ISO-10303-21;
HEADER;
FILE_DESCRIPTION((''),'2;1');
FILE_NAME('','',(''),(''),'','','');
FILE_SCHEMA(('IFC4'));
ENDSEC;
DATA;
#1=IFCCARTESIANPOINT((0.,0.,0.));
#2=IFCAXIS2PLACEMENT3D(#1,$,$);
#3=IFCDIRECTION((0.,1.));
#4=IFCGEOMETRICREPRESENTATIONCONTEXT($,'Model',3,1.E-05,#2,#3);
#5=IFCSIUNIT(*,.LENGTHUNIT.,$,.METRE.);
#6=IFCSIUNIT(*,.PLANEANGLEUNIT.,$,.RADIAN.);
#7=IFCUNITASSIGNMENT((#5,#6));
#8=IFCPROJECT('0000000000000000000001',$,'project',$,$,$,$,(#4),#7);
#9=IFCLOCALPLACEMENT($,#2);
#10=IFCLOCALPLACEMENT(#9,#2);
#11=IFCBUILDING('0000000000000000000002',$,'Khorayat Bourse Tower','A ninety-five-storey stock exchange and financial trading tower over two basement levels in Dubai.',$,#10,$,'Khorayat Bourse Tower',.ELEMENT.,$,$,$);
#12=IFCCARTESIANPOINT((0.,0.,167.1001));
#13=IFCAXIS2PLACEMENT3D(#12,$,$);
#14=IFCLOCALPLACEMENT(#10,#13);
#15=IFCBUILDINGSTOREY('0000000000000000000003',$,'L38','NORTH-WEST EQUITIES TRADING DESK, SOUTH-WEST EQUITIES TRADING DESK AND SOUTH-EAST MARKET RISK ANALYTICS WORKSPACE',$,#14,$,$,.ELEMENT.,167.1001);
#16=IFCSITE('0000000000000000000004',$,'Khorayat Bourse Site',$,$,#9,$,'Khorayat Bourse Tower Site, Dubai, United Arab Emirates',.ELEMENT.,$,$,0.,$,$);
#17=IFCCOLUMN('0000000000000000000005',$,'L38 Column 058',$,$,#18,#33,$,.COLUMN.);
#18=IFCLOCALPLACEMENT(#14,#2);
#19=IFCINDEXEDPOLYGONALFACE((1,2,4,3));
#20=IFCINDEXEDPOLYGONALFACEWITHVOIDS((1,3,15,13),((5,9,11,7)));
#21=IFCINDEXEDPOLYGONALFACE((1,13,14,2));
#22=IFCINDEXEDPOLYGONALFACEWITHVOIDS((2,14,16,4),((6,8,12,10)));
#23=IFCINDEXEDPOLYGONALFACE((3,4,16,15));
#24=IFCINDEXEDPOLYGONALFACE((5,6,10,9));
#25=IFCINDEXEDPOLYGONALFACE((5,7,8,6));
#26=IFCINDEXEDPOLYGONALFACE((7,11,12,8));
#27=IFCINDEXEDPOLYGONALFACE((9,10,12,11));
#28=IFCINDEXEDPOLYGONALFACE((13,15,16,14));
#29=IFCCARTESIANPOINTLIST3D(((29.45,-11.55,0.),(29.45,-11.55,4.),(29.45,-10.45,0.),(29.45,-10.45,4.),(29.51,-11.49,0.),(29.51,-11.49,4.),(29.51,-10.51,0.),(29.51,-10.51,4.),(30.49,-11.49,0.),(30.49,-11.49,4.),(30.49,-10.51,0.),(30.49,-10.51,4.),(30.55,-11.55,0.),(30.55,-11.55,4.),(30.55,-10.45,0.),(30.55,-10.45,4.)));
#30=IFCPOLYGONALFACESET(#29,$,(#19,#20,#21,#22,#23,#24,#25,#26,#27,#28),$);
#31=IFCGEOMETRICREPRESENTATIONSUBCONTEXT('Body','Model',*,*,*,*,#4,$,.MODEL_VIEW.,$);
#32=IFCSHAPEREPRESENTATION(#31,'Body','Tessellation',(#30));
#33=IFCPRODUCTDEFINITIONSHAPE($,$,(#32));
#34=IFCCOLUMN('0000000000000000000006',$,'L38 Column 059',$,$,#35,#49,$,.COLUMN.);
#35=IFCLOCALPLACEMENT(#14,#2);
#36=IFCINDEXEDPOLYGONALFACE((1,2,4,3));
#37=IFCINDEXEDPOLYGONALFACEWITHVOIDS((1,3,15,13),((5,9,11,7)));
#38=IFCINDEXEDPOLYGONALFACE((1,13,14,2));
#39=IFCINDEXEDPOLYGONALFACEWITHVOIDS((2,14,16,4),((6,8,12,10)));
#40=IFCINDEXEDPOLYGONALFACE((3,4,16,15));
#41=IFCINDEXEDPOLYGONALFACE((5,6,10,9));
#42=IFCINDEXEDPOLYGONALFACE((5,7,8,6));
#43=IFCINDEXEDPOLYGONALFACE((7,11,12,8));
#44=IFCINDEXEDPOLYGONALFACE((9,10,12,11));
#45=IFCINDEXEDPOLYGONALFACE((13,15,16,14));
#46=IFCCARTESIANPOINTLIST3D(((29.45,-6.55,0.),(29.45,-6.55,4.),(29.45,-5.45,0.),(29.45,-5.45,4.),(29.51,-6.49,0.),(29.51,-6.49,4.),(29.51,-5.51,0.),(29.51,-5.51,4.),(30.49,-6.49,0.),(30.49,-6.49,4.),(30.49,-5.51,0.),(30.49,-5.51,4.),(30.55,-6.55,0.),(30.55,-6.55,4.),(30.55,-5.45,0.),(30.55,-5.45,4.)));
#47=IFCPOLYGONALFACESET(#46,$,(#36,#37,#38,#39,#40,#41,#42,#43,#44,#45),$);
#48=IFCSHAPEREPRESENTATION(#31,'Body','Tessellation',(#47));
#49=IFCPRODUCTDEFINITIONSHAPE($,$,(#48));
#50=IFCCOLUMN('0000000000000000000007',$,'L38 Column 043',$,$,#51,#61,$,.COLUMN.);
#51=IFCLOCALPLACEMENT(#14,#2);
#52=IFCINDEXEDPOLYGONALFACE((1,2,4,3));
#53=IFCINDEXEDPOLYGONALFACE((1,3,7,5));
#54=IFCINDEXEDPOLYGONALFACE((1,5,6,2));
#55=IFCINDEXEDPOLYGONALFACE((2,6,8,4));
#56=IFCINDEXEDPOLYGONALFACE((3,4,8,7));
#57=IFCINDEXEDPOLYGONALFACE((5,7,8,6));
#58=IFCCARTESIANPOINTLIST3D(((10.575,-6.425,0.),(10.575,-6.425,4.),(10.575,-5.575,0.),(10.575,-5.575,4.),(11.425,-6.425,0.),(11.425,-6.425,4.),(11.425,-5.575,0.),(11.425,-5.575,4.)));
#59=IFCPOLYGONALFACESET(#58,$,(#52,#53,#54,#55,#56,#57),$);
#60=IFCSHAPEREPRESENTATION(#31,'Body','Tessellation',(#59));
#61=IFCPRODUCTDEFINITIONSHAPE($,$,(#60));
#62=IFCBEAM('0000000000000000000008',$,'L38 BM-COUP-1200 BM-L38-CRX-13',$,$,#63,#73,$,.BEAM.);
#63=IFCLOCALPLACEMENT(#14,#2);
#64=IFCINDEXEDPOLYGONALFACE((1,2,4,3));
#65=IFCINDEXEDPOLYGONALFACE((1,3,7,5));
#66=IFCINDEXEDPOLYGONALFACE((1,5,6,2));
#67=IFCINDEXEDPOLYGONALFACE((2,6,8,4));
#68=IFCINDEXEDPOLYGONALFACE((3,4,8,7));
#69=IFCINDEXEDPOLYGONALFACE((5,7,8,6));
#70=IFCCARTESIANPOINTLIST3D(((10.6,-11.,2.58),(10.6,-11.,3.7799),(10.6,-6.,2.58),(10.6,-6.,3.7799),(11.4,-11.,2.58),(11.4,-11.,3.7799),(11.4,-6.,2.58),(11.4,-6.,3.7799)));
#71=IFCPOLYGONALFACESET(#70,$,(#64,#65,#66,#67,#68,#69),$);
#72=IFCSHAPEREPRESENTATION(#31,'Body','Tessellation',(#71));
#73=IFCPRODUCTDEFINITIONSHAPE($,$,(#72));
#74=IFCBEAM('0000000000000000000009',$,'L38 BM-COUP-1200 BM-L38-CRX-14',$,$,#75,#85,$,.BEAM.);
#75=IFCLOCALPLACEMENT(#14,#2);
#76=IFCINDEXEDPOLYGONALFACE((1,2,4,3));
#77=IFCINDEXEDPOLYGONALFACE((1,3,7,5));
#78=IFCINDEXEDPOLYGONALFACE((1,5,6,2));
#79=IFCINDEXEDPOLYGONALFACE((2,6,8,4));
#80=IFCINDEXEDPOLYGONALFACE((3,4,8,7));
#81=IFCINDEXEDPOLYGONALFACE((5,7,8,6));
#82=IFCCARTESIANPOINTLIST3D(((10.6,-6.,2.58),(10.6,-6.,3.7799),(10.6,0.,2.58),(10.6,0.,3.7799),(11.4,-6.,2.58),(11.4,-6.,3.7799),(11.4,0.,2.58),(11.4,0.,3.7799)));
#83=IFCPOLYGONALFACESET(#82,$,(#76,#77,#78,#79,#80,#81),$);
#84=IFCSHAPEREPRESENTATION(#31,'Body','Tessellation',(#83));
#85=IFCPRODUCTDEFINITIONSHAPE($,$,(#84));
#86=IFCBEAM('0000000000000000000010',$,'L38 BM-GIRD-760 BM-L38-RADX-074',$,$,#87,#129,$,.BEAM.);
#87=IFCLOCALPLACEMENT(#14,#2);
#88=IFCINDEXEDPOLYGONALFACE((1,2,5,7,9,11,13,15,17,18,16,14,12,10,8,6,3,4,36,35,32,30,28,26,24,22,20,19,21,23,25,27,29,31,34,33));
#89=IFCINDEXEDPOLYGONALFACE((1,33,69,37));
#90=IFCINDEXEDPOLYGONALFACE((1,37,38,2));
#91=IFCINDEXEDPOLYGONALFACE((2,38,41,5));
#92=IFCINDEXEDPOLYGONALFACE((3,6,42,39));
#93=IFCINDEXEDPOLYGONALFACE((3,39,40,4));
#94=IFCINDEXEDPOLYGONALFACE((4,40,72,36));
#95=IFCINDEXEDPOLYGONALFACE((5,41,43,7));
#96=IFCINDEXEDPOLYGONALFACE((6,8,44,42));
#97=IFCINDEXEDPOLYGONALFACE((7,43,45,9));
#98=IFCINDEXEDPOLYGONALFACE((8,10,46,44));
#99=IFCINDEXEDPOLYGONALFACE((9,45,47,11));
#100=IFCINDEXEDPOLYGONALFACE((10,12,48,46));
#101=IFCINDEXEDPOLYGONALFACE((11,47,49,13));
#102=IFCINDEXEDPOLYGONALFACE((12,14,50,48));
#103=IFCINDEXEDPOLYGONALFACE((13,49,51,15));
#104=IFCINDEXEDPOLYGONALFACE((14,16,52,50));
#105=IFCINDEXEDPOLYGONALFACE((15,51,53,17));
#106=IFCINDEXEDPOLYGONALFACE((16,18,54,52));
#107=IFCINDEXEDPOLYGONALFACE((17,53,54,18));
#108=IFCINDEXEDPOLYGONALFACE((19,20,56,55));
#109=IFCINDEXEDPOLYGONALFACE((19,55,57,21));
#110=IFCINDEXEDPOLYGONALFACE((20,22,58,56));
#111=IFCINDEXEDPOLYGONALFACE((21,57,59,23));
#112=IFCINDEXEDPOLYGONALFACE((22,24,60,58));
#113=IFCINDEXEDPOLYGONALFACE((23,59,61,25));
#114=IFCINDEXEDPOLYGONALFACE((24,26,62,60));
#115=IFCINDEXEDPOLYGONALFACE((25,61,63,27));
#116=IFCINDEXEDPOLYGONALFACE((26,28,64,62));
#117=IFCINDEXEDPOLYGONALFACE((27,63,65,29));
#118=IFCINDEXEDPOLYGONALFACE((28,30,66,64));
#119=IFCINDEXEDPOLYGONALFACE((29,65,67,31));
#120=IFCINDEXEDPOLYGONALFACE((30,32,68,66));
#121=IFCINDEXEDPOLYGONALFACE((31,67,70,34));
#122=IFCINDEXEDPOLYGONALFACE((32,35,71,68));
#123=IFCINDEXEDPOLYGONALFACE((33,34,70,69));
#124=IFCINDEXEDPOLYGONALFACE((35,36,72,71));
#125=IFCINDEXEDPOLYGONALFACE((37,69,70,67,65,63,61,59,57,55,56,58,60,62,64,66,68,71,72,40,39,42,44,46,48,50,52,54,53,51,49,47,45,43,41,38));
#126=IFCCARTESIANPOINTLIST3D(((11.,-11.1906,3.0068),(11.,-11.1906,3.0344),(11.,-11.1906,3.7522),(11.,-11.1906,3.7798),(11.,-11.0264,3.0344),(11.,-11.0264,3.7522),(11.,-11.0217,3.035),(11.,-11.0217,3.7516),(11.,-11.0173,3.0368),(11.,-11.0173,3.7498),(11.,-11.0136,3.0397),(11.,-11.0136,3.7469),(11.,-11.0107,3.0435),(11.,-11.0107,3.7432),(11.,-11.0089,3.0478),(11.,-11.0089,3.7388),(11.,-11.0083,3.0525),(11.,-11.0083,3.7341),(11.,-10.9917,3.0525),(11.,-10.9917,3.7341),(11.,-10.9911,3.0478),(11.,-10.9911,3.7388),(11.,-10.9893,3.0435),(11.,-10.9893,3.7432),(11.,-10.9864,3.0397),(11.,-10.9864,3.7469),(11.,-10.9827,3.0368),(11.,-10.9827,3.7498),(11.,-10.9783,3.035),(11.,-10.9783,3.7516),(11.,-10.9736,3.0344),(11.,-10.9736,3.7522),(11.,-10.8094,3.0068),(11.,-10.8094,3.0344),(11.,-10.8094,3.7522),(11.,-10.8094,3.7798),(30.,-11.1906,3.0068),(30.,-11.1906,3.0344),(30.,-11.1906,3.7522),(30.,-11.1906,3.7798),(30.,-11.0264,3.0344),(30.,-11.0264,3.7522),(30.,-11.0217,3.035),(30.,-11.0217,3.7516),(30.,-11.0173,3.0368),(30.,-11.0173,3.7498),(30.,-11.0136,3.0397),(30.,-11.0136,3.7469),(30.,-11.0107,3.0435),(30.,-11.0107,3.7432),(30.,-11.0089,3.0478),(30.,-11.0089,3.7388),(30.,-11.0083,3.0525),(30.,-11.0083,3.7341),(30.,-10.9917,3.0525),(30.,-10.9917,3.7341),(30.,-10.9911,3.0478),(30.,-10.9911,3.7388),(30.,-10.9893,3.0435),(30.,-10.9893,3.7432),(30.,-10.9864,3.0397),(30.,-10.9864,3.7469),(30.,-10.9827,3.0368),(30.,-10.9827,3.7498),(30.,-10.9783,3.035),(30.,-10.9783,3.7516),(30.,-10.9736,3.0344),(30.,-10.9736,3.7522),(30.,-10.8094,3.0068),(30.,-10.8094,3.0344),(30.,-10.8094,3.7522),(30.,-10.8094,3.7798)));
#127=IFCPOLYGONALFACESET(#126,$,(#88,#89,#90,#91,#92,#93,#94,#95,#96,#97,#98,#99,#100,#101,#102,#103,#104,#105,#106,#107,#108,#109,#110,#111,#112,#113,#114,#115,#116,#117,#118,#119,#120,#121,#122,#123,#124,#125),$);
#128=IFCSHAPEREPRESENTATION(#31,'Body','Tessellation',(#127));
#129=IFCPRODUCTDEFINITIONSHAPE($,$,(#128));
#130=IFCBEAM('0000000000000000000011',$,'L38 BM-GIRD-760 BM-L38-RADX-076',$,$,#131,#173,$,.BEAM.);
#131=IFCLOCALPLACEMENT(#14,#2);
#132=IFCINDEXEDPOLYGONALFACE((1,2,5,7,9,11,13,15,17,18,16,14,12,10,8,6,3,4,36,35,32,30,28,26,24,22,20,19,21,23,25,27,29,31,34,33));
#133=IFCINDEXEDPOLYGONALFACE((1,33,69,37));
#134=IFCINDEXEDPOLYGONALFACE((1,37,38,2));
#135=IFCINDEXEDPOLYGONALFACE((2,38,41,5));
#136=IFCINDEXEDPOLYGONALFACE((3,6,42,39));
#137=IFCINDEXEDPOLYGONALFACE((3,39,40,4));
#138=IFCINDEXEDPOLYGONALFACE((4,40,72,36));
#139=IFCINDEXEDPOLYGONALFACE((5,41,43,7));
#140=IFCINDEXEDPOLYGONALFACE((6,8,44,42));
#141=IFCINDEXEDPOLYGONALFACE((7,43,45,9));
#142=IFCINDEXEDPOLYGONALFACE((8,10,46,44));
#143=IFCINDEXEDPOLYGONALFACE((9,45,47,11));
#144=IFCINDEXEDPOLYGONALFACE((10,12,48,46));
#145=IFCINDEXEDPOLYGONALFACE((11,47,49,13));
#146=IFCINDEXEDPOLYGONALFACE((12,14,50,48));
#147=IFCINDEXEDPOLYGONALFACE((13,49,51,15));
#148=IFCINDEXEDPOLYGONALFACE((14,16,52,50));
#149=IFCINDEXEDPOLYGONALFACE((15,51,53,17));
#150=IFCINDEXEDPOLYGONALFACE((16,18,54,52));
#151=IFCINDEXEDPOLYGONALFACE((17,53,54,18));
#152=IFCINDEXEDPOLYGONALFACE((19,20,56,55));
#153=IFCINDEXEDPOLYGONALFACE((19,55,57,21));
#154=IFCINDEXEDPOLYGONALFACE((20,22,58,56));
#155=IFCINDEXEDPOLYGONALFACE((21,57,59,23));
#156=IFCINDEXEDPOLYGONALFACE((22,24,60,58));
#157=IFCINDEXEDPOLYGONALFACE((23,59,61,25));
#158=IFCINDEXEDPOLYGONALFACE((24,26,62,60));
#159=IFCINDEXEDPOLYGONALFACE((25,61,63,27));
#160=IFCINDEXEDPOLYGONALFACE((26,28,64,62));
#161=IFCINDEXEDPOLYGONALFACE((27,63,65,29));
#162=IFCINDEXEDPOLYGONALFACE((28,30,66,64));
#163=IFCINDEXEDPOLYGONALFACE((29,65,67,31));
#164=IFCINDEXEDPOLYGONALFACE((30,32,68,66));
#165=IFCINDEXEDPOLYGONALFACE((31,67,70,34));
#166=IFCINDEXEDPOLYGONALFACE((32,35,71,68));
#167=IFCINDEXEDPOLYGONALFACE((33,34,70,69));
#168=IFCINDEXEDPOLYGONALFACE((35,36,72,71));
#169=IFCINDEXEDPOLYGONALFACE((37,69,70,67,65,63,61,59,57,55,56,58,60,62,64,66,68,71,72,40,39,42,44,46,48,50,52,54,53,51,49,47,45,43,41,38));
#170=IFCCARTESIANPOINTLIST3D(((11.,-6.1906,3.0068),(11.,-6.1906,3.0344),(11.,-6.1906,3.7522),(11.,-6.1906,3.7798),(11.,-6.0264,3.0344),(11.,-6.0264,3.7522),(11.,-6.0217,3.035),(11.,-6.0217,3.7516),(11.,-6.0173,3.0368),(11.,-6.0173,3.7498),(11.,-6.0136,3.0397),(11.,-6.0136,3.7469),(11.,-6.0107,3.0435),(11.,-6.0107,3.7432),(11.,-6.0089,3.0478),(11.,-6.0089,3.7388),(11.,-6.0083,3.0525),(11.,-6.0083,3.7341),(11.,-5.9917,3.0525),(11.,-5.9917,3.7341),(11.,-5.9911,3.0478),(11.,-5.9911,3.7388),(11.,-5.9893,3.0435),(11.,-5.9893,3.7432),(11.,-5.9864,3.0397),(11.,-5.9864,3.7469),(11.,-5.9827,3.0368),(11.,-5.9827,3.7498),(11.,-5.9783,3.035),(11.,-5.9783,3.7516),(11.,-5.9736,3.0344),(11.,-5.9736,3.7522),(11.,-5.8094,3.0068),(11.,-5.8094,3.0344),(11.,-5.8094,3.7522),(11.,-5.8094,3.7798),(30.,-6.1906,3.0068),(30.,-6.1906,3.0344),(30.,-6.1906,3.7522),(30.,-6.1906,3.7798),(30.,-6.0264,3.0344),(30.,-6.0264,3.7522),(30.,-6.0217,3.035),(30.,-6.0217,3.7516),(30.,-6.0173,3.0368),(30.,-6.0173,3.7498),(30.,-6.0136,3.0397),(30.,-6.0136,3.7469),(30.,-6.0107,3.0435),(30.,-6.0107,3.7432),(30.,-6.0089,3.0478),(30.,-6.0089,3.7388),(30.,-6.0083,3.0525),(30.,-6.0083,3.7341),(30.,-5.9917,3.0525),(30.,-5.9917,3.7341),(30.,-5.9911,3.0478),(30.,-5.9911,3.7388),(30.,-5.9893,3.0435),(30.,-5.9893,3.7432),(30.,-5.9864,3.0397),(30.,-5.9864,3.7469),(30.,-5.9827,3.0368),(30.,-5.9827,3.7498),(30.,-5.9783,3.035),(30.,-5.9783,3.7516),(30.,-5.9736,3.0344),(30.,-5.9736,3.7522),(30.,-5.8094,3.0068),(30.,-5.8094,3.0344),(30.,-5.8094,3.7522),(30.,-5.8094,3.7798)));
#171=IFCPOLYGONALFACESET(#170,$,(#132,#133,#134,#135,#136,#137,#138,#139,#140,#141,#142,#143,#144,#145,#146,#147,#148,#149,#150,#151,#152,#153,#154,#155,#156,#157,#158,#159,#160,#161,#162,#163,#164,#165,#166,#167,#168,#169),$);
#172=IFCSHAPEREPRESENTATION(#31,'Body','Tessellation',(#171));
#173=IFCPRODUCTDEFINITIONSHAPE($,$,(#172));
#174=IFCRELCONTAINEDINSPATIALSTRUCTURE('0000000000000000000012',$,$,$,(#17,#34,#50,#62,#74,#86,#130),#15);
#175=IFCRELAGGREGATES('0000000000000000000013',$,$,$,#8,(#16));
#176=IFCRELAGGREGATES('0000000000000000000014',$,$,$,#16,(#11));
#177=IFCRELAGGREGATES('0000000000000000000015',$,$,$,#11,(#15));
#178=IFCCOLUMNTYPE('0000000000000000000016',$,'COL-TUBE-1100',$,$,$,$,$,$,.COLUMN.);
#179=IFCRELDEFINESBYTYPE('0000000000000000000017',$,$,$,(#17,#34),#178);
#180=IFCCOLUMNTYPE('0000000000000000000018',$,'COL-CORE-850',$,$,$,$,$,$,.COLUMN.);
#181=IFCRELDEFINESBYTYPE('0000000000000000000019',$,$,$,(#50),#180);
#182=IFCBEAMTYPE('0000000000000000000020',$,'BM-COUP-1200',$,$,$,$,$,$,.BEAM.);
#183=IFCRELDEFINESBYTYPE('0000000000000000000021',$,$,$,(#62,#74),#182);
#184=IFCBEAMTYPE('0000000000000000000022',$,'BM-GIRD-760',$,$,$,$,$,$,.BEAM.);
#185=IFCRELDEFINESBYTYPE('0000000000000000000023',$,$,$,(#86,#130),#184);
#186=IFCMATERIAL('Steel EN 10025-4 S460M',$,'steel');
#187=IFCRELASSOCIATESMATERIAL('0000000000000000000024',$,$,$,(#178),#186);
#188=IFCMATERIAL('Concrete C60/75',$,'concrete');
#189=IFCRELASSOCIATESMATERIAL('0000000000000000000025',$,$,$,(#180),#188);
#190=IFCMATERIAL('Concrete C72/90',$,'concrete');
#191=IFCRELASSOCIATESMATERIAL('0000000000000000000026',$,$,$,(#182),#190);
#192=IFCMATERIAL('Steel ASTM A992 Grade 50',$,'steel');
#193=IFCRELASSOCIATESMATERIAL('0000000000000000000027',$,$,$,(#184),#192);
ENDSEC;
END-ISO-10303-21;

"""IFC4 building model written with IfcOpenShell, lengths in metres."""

from ifc_helpers import new_model, si_unit, direction, frame, origin, origin_2d, place, context, subcontext, project, spatial, rectangle, hollow_rectangle, i_section, extrude, source, transform, mapped, material, material_profile, profile_set, type_object, element, save


model = new_model("IFC4")

# Units and contexts
model_context = context("Model", 3, precision=1e-05, world=origin(), true_north=direction((0.0, 1.0)))
body_context = subcontext(model_context, "Body", "Model", "MODEL_VIEW")
ifc_project = project(units=[si_unit("LENGTHUNIT", "METRE"), si_unit("PLANEANGLEUNIT", "RADIAN")], contexts=[model_context])

# Site, building, storey
site_placement = place(None, origin())
site = spatial("IfcSite", under=ifc_project, at=site_placement, Name="Khorayat Bourse Site", LongName="Khorayat Bourse Tower Site, Dubai, United Arab Emirates", CompositionType="ELEMENT", RefElevation=0.0)
building_placement = place(site_placement, origin())
building = spatial("IfcBuilding", under=site, at=building_placement, Name="Khorayat Bourse Tower", Description="A ninety-five-storey stock exchange and financial trading tower over two basement levels in Dubai.", LongName="Khorayat Bourse Tower", CompositionType="ELEMENT")
storey_placement = place(building_placement, frame((0.0, 0.0, 167.1001)))
storey = spatial("IfcBuildingStorey", under=building, at=storey_placement, Name="L38", Description="NORTH-WEST EQUITIES TRADING DESK, SOUTH-WEST EQUITIES TRADING DESK AND SOUTH-EAST MARKET RISK ANALYTICS WORKSPACE", CompositionType="ELEMENT", Elevation=167.1001)

# Columns
ifc_material_1 = material(Name="Steel EN 10025-4 S460M", Category="steel")
ifc_material_profile_1 = material_profile(ifc_material_1, hollow_rectangle(XDim=1.1001, YDim=1.1001, WallThickness=0.0601, at=origin_2d()), Name="BOX 1100x1100x60")
ifc_profile_set_1 = profile_set([ifc_material_profile_1], Name="Steel EN 10025-4 S460M")
column_type_1 = type_object("IfcColumnType", Name="COL-TUBE-1100", PredefinedType="COLUMN", material=ifc_profile_set_1)
shared_shape_1 = source(origin(), body_context, "Body", "SweptSolid", [
    extrude(hollow_rectangle(XDim=1.1001, YDim=1.1001, WallThickness=0.0601, at=origin_2d()), origin(), (0.0, 0.0, 1.0), 4.0),
])
for number, where, z_axis, x_axis, name in (
    (1, (30.0, -11.0, 0.0), (0.0, 0.0, 1.0), (1.0, 0.0, 0.0), "L38 Column 058"),
    (2, (30.0, -6.0, 0.0), (0.0, 0.0, 1.0), (1.0, 0.0, 0.0), "L38 Column 059"),
):
    element("IfcColumn", number, at=place(storey_placement, frame(where, z_axis=z_axis, x_axis=x_axis)), inside=storey, type_object=column_type_1, Name=name, PredefinedType="COLUMN", context=body_context, shape_type="MappedRepresentation", body=[
        mapped(shared_shape_1, transform((0.0, 0.0, 0.0), scale=1.0)),
    ])
ifc_material_2 = material(Name="Concrete C60/75", Category="concrete")
ifc_material_profile_2 = material_profile(ifc_material_2, rectangle(XDim=0.8501, YDim=0.8501, at=origin_2d()), Name="RC 850x850")
ifc_profile_set_2 = profile_set([ifc_material_profile_2], Name="Concrete C60/75")
column_type_2 = type_object("IfcColumnType", Name="COL-CORE-850", PredefinedType="COLUMN", material=ifc_profile_set_2)
shared_shape_2 = source(origin(), body_context, "Body", "SweptSolid", [
    extrude(rectangle(XDim=0.8501, YDim=0.8501, at=origin_2d()), origin(), (0.0, 0.0, 1.0), 4.0),
])
column_placement = place(storey_placement, frame((11.0, -6.0, 0.0), z_axis=(0.0, 0.0, 1.0), x_axis=(1.0, 0.0, 0.0)))
element("IfcColumn", 3, at=column_placement, inside=storey, type_object=column_type_2, Name="L38 Column 043", PredefinedType="COLUMN", context=body_context, shape_type="MappedRepresentation", body=[
    mapped(shared_shape_2, transform((0.0, 0.0, 0.0), scale=1.0)),
])

# Beams
ifc_material_3 = material(Name="Concrete C72/90", Category="concrete")
ifc_material_profile_3 = material_profile(ifc_material_3, rectangle(XDim=0.8, YDim=1.2, at=origin_2d()), Name="RC 800x1200")
ifc_profile_set_3 = profile_set([ifc_material_profile_3], Name="Concrete C72/90")
beam_type_1 = type_object("IfcBeamType", Name="BM-COUP-1200", PredefinedType="BEAM", material=ifc_profile_set_3)
shared_shape_3 = source(origin(), body_context, "Body", "SweptSolid", [
    extrude(rectangle(XDim=0.8, YDim=1.2, at=origin_2d()), origin(), (0.0, 0.0, 1.0), 5.0),
])
beam_1_placement = place(storey_placement, frame((11.0, -11.0, 3.1799), z_axis=(0.0, 1.0, 0.0), x_axis=(-1.0, 0.0, 0.0)))
element("IfcBeam", 4, at=beam_1_placement, inside=storey, type_object=beam_type_1, Name="L38 BM-COUP-1200 BM-L38-CRX-13", PredefinedType="BEAM", context=body_context, shape_type="MappedRepresentation", body=[
    mapped(shared_shape_3, transform((0.0, 0.0, 0.0), scale=1.0)),
])
shared_shape_4 = source(origin(), body_context, "Body", "SweptSolid", [
    extrude(rectangle(XDim=0.8, YDim=1.2, at=origin_2d()), origin(), (0.0, 0.0, 1.0), 6.0),
])
beam_2_placement = place(storey_placement, frame((11.0, -6.0, 3.1799), z_axis=(0.0, 1.0, 0.0), x_axis=(-1.0, 0.0, 0.0)))
element("IfcBeam", 5, at=beam_2_placement, inside=storey, type_object=beam_type_1, Name="L38 BM-COUP-1200 BM-L38-CRX-14", PredefinedType="BEAM", context=body_context, shape_type="MappedRepresentation", body=[
    mapped(shared_shape_4, transform((0.0, 0.0, 0.0), scale=1.0)),
])
ifc_material_4 = material(Name="Steel ASTM A992 Grade 50", Category="steel")
ifc_material_profile_4 = material_profile(ifc_material_4, i_section(OverallWidth=0.3811, OverallDepth=0.7729, WebThickness=0.0166, FlangeThickness=0.0276, FilletRadius=0.0181, at=origin_2d()), Name="W760X257")
ifc_profile_set_4 = profile_set([ifc_material_profile_4], Name="Steel ASTM A992 Grade 50")
beam_type_2 = type_object("IfcBeamType", Name="BM-GIRD-760", PredefinedType="BEAM", material=ifc_profile_set_4)
shared_shape_5 = source(origin(), body_context, "Body", "SweptSolid", [
    extrude(i_section(OverallWidth=0.3811, OverallDepth=0.7729, WebThickness=0.0166, FlangeThickness=0.0276, FilletRadius=0.0181, at=origin_2d()), origin(), (0.0, 0.0, 1.0), 19.0),
])
for number, where, z_axis, x_axis, name in (
    (6, (11.0, -11.0, 3.3933), (1.0, 0.0, 0.0), (0.0, 1.0, 0.0), "L38 BM-GIRD-760 BM-L38-RADX-074"),
    (7, (11.0, -6.0, 3.3933), (1.0, 0.0, 0.0), (0.0, 1.0, 0.0), "L38 BM-GIRD-760 BM-L38-RADX-076"),
):
    element("IfcBeam", number, at=place(storey_placement, frame(where, z_axis=z_axis, x_axis=x_axis)), inside=storey, type_object=beam_type_2, Name=name, PredefinedType="BEAM", context=body_context, shape_type="MappedRepresentation", body=[
        mapped(shared_shape_5, transform((0.0, 0.0, 0.0), scale=1.0)),
    ])

save(model, "model.ifc")
